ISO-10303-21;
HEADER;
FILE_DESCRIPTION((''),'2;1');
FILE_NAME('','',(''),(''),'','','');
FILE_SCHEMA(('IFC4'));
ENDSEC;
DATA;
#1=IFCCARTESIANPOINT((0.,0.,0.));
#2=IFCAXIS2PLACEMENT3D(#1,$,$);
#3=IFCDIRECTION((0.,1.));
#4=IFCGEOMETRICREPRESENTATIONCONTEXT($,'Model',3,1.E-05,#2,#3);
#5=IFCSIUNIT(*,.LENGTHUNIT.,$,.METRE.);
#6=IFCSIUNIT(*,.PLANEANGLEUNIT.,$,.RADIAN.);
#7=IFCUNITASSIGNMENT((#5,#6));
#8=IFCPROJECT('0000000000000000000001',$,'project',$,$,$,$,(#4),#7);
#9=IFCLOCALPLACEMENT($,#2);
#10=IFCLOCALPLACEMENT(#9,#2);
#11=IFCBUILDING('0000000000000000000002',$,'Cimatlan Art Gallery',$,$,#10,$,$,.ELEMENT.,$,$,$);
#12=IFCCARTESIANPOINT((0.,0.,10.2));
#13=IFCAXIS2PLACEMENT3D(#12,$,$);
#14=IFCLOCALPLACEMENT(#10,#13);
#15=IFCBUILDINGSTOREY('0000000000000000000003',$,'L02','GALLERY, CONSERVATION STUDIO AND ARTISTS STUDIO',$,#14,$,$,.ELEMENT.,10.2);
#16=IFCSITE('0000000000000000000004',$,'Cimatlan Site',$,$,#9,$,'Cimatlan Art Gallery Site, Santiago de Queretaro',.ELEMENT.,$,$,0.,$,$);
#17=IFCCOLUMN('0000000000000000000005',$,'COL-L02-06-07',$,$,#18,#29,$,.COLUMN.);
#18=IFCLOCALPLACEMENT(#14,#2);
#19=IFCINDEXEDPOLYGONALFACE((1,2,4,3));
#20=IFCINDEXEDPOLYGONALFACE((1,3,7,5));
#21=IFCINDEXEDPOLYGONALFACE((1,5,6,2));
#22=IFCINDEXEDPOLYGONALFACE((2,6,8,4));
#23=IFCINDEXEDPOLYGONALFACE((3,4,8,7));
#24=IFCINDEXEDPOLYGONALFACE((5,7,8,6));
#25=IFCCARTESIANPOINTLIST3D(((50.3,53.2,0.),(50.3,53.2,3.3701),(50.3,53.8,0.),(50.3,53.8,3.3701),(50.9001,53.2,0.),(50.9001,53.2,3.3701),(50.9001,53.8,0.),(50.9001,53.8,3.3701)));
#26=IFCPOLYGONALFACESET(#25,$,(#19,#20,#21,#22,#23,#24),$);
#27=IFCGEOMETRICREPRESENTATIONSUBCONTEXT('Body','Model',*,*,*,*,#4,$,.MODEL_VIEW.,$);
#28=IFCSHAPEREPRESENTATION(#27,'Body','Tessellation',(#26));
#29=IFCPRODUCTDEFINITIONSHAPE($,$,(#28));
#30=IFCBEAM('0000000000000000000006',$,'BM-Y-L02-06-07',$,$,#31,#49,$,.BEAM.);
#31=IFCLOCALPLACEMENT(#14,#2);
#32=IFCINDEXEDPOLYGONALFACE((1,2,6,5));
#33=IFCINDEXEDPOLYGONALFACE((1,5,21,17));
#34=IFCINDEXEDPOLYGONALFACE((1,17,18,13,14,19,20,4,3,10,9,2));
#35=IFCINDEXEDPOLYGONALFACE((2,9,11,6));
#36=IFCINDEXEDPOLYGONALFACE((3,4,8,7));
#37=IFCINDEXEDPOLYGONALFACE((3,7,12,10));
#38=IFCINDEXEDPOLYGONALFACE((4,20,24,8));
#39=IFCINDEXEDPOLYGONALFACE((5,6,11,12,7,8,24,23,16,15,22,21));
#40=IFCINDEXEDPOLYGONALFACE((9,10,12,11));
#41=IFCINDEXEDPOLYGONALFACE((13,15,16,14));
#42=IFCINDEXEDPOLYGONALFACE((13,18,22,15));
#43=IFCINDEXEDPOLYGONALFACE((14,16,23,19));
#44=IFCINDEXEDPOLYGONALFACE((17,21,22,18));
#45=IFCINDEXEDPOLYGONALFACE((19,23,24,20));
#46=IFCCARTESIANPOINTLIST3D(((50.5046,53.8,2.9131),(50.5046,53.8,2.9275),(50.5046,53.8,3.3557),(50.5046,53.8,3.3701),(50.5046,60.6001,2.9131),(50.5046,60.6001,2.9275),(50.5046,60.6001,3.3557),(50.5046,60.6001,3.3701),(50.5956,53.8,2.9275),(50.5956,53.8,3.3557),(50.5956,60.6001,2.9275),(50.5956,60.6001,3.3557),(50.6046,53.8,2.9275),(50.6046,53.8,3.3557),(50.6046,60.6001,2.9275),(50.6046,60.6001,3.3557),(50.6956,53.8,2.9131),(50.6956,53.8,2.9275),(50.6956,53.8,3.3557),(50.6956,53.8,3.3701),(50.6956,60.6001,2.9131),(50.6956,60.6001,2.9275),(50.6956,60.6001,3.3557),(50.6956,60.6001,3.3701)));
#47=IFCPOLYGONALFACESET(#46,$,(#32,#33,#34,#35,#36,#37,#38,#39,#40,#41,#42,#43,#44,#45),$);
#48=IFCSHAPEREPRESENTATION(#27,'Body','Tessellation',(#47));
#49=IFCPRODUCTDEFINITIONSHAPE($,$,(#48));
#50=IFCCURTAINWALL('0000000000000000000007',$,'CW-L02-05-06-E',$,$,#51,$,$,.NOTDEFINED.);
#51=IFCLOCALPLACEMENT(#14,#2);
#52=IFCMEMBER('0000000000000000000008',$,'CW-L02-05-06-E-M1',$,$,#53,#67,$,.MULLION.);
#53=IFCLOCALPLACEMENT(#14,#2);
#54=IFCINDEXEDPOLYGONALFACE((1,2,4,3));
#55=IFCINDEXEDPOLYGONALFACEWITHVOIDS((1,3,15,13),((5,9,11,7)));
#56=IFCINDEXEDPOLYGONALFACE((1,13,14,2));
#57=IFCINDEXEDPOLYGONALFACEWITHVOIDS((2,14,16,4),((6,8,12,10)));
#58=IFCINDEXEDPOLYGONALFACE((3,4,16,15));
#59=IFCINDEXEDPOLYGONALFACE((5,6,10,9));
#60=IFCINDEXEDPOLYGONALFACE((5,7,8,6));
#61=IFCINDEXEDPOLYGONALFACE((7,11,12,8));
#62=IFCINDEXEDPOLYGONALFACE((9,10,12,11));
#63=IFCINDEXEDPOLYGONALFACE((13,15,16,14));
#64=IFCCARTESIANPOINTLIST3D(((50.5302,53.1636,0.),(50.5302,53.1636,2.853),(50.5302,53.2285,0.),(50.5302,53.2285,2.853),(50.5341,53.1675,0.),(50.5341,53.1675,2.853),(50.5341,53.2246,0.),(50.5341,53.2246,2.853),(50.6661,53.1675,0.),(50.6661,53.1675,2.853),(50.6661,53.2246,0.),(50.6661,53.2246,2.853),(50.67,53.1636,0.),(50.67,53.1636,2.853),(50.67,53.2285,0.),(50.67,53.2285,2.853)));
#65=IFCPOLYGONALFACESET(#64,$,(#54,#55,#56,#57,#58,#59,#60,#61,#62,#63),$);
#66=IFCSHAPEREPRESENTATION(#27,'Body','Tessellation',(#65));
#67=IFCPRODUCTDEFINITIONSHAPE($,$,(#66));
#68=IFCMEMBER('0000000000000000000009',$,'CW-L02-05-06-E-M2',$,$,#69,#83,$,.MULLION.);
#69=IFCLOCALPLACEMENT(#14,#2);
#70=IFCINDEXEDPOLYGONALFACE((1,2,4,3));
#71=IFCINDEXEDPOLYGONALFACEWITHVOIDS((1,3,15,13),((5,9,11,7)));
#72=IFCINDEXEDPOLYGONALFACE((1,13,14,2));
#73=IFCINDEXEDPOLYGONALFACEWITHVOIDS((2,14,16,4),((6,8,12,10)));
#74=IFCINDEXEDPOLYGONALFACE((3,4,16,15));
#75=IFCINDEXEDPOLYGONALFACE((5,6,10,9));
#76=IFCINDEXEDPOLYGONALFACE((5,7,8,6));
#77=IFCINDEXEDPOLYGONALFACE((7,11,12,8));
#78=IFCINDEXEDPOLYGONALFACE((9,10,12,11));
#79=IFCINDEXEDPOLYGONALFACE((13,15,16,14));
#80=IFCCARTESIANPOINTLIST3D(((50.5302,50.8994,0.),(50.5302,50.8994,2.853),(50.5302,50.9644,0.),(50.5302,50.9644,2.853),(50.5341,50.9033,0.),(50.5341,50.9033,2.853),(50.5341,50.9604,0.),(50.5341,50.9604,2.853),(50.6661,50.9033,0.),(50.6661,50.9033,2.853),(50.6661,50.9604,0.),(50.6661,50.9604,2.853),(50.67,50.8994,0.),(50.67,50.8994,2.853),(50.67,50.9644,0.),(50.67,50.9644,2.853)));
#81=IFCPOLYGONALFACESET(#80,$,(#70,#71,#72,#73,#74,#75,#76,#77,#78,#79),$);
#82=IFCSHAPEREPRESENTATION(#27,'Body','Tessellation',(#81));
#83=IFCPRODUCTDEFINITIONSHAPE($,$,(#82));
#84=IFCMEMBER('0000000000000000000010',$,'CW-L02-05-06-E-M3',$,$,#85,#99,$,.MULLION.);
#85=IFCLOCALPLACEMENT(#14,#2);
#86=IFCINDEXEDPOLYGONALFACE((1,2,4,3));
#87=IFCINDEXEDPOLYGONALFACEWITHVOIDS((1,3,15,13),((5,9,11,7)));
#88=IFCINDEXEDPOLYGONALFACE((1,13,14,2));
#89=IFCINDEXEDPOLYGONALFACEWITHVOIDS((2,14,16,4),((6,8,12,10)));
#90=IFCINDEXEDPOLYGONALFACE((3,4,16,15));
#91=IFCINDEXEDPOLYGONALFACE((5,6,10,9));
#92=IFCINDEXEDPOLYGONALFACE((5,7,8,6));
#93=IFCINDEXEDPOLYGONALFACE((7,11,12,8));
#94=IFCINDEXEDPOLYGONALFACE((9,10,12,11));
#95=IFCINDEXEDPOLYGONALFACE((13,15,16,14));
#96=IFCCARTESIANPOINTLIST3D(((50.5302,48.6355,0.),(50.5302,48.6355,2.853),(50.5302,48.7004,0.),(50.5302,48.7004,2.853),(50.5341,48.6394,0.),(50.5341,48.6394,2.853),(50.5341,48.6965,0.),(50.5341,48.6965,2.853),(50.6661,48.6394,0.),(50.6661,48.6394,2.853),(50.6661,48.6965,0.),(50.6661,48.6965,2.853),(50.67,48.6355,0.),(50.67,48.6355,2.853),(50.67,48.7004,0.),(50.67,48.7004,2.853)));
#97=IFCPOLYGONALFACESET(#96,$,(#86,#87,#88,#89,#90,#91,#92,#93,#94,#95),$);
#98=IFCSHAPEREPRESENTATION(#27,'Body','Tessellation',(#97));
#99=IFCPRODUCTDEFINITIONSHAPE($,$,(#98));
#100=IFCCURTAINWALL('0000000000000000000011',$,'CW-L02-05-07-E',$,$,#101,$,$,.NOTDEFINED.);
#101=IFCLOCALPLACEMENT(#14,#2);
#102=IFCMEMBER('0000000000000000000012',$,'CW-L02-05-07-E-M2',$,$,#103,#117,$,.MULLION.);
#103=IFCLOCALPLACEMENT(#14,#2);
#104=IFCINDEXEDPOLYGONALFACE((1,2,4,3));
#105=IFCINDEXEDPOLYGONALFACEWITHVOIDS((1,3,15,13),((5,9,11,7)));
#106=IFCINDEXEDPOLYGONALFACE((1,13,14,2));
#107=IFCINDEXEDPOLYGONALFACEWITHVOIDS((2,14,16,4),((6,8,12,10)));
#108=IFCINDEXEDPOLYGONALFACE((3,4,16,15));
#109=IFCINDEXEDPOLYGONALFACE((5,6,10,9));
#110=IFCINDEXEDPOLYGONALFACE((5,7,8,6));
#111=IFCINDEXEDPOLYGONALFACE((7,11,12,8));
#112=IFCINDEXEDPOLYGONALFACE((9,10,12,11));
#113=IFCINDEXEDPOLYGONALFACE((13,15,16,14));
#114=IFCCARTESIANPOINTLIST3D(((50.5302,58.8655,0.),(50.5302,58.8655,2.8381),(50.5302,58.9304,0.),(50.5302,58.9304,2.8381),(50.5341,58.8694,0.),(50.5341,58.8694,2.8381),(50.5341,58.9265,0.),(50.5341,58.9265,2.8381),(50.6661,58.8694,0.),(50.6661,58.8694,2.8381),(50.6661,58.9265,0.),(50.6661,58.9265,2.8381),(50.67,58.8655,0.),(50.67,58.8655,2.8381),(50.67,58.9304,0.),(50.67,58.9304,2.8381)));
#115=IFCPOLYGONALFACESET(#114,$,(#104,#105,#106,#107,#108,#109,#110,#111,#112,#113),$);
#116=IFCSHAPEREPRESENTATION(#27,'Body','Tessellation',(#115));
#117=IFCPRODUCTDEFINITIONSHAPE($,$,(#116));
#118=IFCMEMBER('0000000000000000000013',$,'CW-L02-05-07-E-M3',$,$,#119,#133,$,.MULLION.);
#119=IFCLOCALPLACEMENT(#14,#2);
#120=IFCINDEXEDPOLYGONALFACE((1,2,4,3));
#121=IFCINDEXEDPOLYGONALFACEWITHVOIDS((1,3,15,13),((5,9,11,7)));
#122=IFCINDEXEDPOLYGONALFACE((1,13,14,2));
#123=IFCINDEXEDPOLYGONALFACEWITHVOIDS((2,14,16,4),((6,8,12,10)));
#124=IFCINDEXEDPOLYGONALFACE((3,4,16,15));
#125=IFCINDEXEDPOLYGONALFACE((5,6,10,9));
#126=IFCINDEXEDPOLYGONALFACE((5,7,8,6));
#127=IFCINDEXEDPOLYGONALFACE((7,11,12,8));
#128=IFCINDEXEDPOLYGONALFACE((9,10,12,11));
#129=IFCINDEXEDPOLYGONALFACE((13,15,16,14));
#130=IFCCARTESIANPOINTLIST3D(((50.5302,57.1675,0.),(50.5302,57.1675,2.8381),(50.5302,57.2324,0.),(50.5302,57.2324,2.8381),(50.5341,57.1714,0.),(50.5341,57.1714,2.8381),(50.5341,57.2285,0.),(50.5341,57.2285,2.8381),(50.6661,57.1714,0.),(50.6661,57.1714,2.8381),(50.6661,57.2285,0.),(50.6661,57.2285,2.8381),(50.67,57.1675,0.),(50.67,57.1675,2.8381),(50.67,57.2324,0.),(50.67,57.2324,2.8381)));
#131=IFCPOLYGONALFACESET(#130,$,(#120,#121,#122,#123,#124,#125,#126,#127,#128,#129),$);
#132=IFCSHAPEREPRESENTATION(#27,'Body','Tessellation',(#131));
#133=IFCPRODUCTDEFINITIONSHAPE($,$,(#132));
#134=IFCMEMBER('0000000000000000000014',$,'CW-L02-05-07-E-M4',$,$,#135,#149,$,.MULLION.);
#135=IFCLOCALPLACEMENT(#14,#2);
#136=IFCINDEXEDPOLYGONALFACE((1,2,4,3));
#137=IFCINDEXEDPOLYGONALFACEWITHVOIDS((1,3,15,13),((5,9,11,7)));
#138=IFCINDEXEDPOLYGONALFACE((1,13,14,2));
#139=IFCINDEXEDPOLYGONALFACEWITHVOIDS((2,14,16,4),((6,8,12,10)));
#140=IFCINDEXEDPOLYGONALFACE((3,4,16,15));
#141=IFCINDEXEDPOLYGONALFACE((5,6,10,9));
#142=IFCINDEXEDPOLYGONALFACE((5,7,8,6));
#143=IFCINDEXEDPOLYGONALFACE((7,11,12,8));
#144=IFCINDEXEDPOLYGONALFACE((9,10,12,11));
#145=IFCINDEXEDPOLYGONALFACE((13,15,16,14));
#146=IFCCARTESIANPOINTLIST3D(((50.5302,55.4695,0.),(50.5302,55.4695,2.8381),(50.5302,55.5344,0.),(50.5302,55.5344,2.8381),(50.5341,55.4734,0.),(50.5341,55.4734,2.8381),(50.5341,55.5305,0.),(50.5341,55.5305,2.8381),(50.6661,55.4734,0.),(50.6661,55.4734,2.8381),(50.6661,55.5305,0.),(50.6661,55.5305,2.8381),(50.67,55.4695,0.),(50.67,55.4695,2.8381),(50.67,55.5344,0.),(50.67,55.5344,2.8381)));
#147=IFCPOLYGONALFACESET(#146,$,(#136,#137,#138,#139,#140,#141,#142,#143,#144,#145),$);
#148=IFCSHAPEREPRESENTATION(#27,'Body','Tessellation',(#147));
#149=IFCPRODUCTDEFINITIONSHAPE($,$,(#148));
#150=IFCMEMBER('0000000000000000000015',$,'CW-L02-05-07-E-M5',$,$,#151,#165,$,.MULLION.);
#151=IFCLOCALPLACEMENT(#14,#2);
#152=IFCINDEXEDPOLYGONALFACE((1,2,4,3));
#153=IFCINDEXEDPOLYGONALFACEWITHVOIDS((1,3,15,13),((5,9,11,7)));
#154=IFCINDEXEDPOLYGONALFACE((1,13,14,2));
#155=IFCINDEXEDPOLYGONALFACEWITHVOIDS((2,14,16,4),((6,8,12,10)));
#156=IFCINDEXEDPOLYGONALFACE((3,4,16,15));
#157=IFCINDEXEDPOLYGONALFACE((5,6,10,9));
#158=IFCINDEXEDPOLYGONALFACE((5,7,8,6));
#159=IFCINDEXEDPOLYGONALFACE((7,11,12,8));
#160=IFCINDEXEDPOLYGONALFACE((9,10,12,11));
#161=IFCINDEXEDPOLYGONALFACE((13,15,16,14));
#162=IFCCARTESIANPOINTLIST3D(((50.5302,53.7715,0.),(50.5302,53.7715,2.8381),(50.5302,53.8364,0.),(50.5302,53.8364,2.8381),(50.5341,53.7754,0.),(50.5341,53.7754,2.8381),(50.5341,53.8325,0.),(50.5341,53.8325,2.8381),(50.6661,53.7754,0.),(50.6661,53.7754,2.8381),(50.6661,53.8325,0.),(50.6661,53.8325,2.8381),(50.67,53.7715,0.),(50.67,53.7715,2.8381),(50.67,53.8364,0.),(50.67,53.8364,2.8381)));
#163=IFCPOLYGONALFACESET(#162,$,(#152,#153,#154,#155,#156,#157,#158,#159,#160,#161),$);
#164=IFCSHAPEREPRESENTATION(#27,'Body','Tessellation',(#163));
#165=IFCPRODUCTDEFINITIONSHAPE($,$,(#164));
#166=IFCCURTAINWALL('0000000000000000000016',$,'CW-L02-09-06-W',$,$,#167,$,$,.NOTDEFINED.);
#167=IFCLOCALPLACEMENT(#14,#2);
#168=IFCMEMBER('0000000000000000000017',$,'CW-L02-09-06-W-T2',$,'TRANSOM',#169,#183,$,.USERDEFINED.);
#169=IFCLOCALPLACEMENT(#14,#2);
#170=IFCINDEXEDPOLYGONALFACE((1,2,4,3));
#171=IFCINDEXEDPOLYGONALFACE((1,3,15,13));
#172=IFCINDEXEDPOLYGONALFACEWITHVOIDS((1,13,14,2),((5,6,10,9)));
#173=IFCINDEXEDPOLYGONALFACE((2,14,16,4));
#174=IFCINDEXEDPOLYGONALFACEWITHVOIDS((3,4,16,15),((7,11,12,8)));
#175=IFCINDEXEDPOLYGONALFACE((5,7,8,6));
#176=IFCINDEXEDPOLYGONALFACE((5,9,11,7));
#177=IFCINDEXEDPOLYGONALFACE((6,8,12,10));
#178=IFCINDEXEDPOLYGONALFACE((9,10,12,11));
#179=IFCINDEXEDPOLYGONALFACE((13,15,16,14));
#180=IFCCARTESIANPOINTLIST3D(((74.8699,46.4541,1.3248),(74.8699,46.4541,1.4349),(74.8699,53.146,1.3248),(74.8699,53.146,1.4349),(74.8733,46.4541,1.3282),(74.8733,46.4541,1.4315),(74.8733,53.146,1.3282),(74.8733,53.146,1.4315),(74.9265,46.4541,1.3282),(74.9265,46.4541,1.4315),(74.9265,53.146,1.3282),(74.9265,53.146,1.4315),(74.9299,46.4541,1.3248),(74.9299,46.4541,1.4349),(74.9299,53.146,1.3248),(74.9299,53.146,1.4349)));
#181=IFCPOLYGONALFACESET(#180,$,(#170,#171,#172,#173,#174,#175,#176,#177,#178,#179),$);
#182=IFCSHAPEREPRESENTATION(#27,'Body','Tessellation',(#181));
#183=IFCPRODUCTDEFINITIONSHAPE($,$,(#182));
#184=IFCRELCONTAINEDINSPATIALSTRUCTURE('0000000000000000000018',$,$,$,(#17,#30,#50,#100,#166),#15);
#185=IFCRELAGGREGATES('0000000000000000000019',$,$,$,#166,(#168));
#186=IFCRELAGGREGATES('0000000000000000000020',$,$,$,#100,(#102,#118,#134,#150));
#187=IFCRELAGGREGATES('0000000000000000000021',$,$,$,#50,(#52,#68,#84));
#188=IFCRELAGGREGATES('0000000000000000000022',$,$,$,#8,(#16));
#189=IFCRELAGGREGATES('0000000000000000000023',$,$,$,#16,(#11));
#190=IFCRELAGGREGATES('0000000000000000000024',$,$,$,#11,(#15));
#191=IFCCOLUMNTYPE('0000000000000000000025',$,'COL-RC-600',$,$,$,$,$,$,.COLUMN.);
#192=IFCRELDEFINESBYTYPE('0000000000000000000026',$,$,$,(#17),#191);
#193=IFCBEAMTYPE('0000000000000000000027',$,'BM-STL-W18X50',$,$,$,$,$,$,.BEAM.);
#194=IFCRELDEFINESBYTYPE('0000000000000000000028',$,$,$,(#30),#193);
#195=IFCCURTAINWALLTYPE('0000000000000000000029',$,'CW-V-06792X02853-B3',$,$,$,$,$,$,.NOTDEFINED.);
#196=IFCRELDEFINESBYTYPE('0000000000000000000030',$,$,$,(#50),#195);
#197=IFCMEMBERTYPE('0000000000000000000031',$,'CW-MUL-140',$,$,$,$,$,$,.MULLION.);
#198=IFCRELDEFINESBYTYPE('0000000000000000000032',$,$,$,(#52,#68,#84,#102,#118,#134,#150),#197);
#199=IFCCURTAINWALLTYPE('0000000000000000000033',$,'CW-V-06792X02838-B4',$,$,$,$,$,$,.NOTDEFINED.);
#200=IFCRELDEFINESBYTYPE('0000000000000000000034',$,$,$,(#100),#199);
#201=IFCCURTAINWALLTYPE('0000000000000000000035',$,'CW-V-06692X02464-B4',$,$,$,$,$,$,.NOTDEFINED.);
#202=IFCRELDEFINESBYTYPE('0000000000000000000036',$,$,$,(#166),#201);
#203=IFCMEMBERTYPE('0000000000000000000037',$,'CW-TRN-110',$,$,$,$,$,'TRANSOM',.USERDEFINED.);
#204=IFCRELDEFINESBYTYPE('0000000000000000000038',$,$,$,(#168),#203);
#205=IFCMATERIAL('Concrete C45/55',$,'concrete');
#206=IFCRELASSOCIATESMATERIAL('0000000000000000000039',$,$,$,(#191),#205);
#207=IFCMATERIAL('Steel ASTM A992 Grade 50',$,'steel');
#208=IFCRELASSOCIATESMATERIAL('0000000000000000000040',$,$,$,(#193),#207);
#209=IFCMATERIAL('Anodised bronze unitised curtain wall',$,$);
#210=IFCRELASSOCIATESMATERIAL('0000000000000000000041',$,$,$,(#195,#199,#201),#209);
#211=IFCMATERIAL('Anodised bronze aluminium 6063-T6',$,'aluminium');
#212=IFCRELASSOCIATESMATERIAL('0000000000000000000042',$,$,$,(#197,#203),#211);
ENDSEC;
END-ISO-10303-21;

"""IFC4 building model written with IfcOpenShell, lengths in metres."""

from ifc_helpers import new_model, si_unit, direction, frame, origin, origin_2d, place, context, subcontext, project, spatial, rectangle, hollow_rectangle, i_section, extrude, material, material_profile, profile_set, type_object, element, aggregate, save


model = new_model("IFC4")

# Units and contexts
model_context = context("Model", 3, precision=1e-05, world=origin(), true_north=direction((0.0, 1.0)))
body_context = subcontext(model_context, "Body", "Model", "MODEL_VIEW")
ifc_project = project(units=[si_unit("LENGTHUNIT", "METRE"), si_unit("PLANEANGLEUNIT", "RADIAN")], contexts=[model_context])

# Site, building, storey
site_placement = place(None, origin())
site = spatial("IfcSite", under=ifc_project, at=site_placement, Name="Cimatlan Site", LongName="Cimatlan Art Gallery Site, Santiago de Queretaro", CompositionType="ELEMENT", RefElevation=0.0)
building_placement = place(site_placement, origin())
building = spatial("IfcBuilding", under=site, at=building_placement, Name="Cimatlan Art Gallery", CompositionType="ELEMENT")
storey_placement = place(building_placement, frame((0.0, 0.0, 10.2)))
storey = spatial("IfcBuildingStorey", under=building, at=storey_placement, Name="L02", Description="GALLERY, CONSERVATION STUDIO AND ARTISTS STUDIO", CompositionType="ELEMENT", Elevation=10.2)

# Column
ifc_material_1 = material(Name="Concrete C45/55", Category="concrete")
ifc_material_profile_1 = material_profile(ifc_material_1, rectangle(XDim=0.6001, YDim=0.6001, at=origin_2d()), Name="RC600X600")
ifc_profile_set_1 = profile_set([ifc_material_profile_1], Name="Concrete C45/55")
column_type = type_object("IfcColumnType", Name="COL-RC-600", PredefinedType="COLUMN", material=ifc_profile_set_1)
column_placement = place(storey_placement, frame((50.6001, 53.5, 0.0), z_axis=(0.0, 0.0, 1.0), x_axis=(1.0, 0.0, 0.0)))
element("IfcColumn", 1, at=column_placement, inside=storey, type_object=column_type, Name="COL-L02-06-07", PredefinedType="COLUMN", context=body_context, shape_type="SweptSolid", body=[
    extrude(rectangle(XDim=0.6001, YDim=0.6001, at=origin_2d()), origin(), (0.0, 0.0, 1.0), 3.3701),
])

# Beam
ifc_material_2 = material(Name="Steel ASTM A992 Grade 50", Category="steel")
ifc_material_profile_2 = material_profile(ifc_material_2, i_section(OverallWidth=0.1909, OverallDepth=0.457, WebThickness=0.009, FlangeThickness=0.0144, at=origin_2d()), Name="W18X50")
ifc_profile_set_2 = profile_set([ifc_material_profile_2], Name="Steel ASTM A992 Grade 50")
beam_type = type_object("IfcBeamType", Name="BM-STL-W18X50", PredefinedType="BEAM", material=ifc_profile_set_2)
beam_placement = place(storey_placement, frame((50.6001, 53.8, 3.1416), z_axis=(0.0, 1.0, 0.0), x_axis=(-1.0, 0.0, 0.0)))
element("IfcBeam", 2, at=beam_placement, inside=storey, type_object=beam_type, Name="BM-Y-L02-06-07", PredefinedType="BEAM", context=body_context, shape_type="SweptSolid", body=[
    extrude(i_section(OverallWidth=0.1909, OverallDepth=0.457, WebThickness=0.009, FlangeThickness=0.0144, at=origin_2d()), origin(), (0.0, 0.0, 1.0), 6.8),
])

# Curtain walls, members
ifc_material_3 = material(Name="Anodised bronze unitised curtain wall")
curtain_wall_type_1 = type_object("IfcCurtainWallType", Name="CW-V-06792X02853-B3", PredefinedType="NOTDEFINED", material=ifc_material_3)
curtain_wall_1_placement = place(storey_placement, origin())
curtain_wall_1 = element("IfcCurtainWall", 3, at=curtain_wall_1_placement, inside=storey, type_object=curtain_wall_type_1, Name="CW-L02-05-06-E", PredefinedType="NOTDEFINED")
ifc_material_4 = material(Name="Anodised bronze aluminium 6063-T6", Category="aluminium")
ifc_material_profile_3 = material_profile(ifc_material_4, hollow_rectangle(XDim=0.0649, YDim=0.1399, WallThickness=0.0039, at=origin_2d()), Name="ALU65X140X4")
ifc_profile_set_3 = profile_set([ifc_material_profile_3], Name="Anodised bronze aluminium 6063-T6")
member_type_1 = type_object("IfcMemberType", Name="CW-MUL-140", PredefinedType="MULLION", material=ifc_profile_set_3)
member_1_placement = place(storey_placement, frame((50.6001, 53.196, 0.0), z_axis=(0.0, 0.0, 1.0), x_axis=(0.0, 1.0, 0.0)))
member_1 = element("IfcMember", 4, at=member_1_placement, type_object=member_type_1, Name="CW-L02-05-06-E-M1", PredefinedType="MULLION", context=body_context, shape_type="SweptSolid", body=[
    extrude(hollow_rectangle(XDim=0.0649, YDim=0.1399, WallThickness=0.0039, at=origin_2d()), origin(), (0.0, 0.0, 1.0), 2.853),
])
member_2_placement = place(storey_placement, frame((50.6001, 50.9319, 0.0), z_axis=(0.0, 0.0, 1.0), x_axis=(0.0, 1.0, 0.0)))
member_2 = element("IfcMember", 5, at=member_2_placement, type_object=member_type_1, Name="CW-L02-05-06-E-M2", PredefinedType="MULLION", context=body_context, shape_type="SweptSolid", body=[
    extrude(hollow_rectangle(XDim=0.0649, YDim=0.1399, WallThickness=0.0039, at=origin_2d()), origin(), (0.0, 0.0, 1.0), 2.853),
])
member_3_placement = place(storey_placement, frame((50.6001, 48.668, 0.0), z_axis=(0.0, 0.0, 1.0), x_axis=(0.0, 1.0, 0.0)))
member_3 = element("IfcMember", 6, at=member_3_placement, type_object=member_type_1, Name="CW-L02-05-06-E-M3", PredefinedType="MULLION", context=body_context, shape_type="SweptSolid", body=[
    extrude(hollow_rectangle(XDim=0.0649, YDim=0.1399, WallThickness=0.0039, at=origin_2d()), origin(), (0.0, 0.0, 1.0), 2.853),
])
curtain_wall_type_2 = type_object("IfcCurtainWallType", Name="CW-V-06792X02838-B4", PredefinedType="NOTDEFINED", material=ifc_material_3)
curtain_wall_2_placement = place(storey_placement, origin())
curtain_wall_2 = element("IfcCurtainWall", 7, at=curtain_wall_2_placement, inside=storey, type_object=curtain_wall_type_2, Name="CW-L02-05-07-E", PredefinedType="NOTDEFINED")
member_4_placement = place(storey_placement, frame((50.6001, 58.8979, 0.0), z_axis=(0.0, 0.0, 1.0), x_axis=(0.0, 1.0, 0.0)))
member_4 = element("IfcMember", 8, at=member_4_placement, type_object=member_type_1, Name="CW-L02-05-07-E-M2", PredefinedType="MULLION", context=body_context, shape_type="SweptSolid", body=[
    extrude(hollow_rectangle(XDim=0.0649, YDim=0.1399, WallThickness=0.0039, at=origin_2d()), origin(), (0.0, 0.0, 1.0), 2.8381),
])
member_5_placement = place(storey_placement, frame((50.6001, 57.2, 0.0), z_axis=(0.0, 0.0, 1.0), x_axis=(0.0, 1.0, 0.0)))
member_5 = element("IfcMember", 9, at=member_5_placement, type_object=member_type_1, Name="CW-L02-05-07-E-M3", PredefinedType="MULLION", context=body_context, shape_type="SweptSolid", body=[
    extrude(hollow_rectangle(XDim=0.0649, YDim=0.1399, WallThickness=0.0039, at=origin_2d()), origin(), (0.0, 0.0, 1.0), 2.8381),
])
member_6_placement = place(storey_placement, frame((50.6001, 55.502, 0.0), z_axis=(0.0, 0.0, 1.0), x_axis=(0.0, 1.0, 0.0)))
member_6 = element("IfcMember", 10, at=member_6_placement, type_object=member_type_1, Name="CW-L02-05-07-E-M4", PredefinedType="MULLION", context=body_context, shape_type="SweptSolid", body=[
    extrude(hollow_rectangle(XDim=0.0649, YDim=0.1399, WallThickness=0.0039, at=origin_2d()), origin(), (0.0, 0.0, 1.0), 2.8381),
])
member_7_placement = place(storey_placement, frame((50.6001, 53.804, 0.0), z_axis=(0.0, 0.0, 1.0), x_axis=(0.0, 1.0, 0.0)))
member_7 = element("IfcMember", 11, at=member_7_placement, type_object=member_type_1, Name="CW-L02-05-07-E-M5", PredefinedType="MULLION", context=body_context, shape_type="SweptSolid", body=[
    extrude(hollow_rectangle(XDim=0.0649, YDim=0.1399, WallThickness=0.0039, at=origin_2d()), origin(), (0.0, 0.0, 1.0), 2.8381),
])
curtain_wall_type_3 = type_object("IfcCurtainWallType", Name="CW-V-06692X02464-B4", PredefinedType="NOTDEFINED", material=ifc_material_3)
curtain_wall_3_placement = place(storey_placement, origin())
curtain_wall_3 = element("IfcCurtainWall", 12, at=curtain_wall_3_placement, inside=storey, type_object=curtain_wall_type_3, Name="CW-L02-09-06-W", PredefinedType="NOTDEFINED")
ifc_material_profile_4 = material_profile(ifc_material_4, hollow_rectangle(XDim=0.0601, YDim=0.1101, WallThickness=0.0034, at=origin_2d()), Name="ALU60X110X3")
ifc_profile_set_4 = profile_set([ifc_material_profile_4], Name="Anodised bronze aluminium 6063-T6")
member_type_2 = type_object("IfcMemberType", Name="CW-TRN-110", ElementType="TRANSOM", PredefinedType="USERDEFINED", material=ifc_profile_set_4)
member_8_placement = place(storey_placement, frame((74.8999, 46.4541, 1.3799), z_axis=(0.0, 1.0, 0.0), x_axis=(-1.0, 0.0, 0.0)))
member_8 = element("IfcMember", 13, at=member_8_placement, type_object=member_type_2, Name="CW-L02-09-06-W-T2", ObjectType="TRANSOM", PredefinedType="USERDEFINED", context=body_context, shape_type="SweptSolid", body=[
    extrude(hollow_rectangle(XDim=0.0601, YDim=0.1101, WallThickness=0.0034, at=origin_2d()), origin(), (0.0, 0.0, 1.0), 6.6919),
])
aggregate(curtain_wall_3, [member_8])

aggregate(curtain_wall_2, [member_4, member_5, member_6, member_7])
aggregate(curtain_wall_1, [member_1, member_2, member_3])

save(model, "model.ifc")
